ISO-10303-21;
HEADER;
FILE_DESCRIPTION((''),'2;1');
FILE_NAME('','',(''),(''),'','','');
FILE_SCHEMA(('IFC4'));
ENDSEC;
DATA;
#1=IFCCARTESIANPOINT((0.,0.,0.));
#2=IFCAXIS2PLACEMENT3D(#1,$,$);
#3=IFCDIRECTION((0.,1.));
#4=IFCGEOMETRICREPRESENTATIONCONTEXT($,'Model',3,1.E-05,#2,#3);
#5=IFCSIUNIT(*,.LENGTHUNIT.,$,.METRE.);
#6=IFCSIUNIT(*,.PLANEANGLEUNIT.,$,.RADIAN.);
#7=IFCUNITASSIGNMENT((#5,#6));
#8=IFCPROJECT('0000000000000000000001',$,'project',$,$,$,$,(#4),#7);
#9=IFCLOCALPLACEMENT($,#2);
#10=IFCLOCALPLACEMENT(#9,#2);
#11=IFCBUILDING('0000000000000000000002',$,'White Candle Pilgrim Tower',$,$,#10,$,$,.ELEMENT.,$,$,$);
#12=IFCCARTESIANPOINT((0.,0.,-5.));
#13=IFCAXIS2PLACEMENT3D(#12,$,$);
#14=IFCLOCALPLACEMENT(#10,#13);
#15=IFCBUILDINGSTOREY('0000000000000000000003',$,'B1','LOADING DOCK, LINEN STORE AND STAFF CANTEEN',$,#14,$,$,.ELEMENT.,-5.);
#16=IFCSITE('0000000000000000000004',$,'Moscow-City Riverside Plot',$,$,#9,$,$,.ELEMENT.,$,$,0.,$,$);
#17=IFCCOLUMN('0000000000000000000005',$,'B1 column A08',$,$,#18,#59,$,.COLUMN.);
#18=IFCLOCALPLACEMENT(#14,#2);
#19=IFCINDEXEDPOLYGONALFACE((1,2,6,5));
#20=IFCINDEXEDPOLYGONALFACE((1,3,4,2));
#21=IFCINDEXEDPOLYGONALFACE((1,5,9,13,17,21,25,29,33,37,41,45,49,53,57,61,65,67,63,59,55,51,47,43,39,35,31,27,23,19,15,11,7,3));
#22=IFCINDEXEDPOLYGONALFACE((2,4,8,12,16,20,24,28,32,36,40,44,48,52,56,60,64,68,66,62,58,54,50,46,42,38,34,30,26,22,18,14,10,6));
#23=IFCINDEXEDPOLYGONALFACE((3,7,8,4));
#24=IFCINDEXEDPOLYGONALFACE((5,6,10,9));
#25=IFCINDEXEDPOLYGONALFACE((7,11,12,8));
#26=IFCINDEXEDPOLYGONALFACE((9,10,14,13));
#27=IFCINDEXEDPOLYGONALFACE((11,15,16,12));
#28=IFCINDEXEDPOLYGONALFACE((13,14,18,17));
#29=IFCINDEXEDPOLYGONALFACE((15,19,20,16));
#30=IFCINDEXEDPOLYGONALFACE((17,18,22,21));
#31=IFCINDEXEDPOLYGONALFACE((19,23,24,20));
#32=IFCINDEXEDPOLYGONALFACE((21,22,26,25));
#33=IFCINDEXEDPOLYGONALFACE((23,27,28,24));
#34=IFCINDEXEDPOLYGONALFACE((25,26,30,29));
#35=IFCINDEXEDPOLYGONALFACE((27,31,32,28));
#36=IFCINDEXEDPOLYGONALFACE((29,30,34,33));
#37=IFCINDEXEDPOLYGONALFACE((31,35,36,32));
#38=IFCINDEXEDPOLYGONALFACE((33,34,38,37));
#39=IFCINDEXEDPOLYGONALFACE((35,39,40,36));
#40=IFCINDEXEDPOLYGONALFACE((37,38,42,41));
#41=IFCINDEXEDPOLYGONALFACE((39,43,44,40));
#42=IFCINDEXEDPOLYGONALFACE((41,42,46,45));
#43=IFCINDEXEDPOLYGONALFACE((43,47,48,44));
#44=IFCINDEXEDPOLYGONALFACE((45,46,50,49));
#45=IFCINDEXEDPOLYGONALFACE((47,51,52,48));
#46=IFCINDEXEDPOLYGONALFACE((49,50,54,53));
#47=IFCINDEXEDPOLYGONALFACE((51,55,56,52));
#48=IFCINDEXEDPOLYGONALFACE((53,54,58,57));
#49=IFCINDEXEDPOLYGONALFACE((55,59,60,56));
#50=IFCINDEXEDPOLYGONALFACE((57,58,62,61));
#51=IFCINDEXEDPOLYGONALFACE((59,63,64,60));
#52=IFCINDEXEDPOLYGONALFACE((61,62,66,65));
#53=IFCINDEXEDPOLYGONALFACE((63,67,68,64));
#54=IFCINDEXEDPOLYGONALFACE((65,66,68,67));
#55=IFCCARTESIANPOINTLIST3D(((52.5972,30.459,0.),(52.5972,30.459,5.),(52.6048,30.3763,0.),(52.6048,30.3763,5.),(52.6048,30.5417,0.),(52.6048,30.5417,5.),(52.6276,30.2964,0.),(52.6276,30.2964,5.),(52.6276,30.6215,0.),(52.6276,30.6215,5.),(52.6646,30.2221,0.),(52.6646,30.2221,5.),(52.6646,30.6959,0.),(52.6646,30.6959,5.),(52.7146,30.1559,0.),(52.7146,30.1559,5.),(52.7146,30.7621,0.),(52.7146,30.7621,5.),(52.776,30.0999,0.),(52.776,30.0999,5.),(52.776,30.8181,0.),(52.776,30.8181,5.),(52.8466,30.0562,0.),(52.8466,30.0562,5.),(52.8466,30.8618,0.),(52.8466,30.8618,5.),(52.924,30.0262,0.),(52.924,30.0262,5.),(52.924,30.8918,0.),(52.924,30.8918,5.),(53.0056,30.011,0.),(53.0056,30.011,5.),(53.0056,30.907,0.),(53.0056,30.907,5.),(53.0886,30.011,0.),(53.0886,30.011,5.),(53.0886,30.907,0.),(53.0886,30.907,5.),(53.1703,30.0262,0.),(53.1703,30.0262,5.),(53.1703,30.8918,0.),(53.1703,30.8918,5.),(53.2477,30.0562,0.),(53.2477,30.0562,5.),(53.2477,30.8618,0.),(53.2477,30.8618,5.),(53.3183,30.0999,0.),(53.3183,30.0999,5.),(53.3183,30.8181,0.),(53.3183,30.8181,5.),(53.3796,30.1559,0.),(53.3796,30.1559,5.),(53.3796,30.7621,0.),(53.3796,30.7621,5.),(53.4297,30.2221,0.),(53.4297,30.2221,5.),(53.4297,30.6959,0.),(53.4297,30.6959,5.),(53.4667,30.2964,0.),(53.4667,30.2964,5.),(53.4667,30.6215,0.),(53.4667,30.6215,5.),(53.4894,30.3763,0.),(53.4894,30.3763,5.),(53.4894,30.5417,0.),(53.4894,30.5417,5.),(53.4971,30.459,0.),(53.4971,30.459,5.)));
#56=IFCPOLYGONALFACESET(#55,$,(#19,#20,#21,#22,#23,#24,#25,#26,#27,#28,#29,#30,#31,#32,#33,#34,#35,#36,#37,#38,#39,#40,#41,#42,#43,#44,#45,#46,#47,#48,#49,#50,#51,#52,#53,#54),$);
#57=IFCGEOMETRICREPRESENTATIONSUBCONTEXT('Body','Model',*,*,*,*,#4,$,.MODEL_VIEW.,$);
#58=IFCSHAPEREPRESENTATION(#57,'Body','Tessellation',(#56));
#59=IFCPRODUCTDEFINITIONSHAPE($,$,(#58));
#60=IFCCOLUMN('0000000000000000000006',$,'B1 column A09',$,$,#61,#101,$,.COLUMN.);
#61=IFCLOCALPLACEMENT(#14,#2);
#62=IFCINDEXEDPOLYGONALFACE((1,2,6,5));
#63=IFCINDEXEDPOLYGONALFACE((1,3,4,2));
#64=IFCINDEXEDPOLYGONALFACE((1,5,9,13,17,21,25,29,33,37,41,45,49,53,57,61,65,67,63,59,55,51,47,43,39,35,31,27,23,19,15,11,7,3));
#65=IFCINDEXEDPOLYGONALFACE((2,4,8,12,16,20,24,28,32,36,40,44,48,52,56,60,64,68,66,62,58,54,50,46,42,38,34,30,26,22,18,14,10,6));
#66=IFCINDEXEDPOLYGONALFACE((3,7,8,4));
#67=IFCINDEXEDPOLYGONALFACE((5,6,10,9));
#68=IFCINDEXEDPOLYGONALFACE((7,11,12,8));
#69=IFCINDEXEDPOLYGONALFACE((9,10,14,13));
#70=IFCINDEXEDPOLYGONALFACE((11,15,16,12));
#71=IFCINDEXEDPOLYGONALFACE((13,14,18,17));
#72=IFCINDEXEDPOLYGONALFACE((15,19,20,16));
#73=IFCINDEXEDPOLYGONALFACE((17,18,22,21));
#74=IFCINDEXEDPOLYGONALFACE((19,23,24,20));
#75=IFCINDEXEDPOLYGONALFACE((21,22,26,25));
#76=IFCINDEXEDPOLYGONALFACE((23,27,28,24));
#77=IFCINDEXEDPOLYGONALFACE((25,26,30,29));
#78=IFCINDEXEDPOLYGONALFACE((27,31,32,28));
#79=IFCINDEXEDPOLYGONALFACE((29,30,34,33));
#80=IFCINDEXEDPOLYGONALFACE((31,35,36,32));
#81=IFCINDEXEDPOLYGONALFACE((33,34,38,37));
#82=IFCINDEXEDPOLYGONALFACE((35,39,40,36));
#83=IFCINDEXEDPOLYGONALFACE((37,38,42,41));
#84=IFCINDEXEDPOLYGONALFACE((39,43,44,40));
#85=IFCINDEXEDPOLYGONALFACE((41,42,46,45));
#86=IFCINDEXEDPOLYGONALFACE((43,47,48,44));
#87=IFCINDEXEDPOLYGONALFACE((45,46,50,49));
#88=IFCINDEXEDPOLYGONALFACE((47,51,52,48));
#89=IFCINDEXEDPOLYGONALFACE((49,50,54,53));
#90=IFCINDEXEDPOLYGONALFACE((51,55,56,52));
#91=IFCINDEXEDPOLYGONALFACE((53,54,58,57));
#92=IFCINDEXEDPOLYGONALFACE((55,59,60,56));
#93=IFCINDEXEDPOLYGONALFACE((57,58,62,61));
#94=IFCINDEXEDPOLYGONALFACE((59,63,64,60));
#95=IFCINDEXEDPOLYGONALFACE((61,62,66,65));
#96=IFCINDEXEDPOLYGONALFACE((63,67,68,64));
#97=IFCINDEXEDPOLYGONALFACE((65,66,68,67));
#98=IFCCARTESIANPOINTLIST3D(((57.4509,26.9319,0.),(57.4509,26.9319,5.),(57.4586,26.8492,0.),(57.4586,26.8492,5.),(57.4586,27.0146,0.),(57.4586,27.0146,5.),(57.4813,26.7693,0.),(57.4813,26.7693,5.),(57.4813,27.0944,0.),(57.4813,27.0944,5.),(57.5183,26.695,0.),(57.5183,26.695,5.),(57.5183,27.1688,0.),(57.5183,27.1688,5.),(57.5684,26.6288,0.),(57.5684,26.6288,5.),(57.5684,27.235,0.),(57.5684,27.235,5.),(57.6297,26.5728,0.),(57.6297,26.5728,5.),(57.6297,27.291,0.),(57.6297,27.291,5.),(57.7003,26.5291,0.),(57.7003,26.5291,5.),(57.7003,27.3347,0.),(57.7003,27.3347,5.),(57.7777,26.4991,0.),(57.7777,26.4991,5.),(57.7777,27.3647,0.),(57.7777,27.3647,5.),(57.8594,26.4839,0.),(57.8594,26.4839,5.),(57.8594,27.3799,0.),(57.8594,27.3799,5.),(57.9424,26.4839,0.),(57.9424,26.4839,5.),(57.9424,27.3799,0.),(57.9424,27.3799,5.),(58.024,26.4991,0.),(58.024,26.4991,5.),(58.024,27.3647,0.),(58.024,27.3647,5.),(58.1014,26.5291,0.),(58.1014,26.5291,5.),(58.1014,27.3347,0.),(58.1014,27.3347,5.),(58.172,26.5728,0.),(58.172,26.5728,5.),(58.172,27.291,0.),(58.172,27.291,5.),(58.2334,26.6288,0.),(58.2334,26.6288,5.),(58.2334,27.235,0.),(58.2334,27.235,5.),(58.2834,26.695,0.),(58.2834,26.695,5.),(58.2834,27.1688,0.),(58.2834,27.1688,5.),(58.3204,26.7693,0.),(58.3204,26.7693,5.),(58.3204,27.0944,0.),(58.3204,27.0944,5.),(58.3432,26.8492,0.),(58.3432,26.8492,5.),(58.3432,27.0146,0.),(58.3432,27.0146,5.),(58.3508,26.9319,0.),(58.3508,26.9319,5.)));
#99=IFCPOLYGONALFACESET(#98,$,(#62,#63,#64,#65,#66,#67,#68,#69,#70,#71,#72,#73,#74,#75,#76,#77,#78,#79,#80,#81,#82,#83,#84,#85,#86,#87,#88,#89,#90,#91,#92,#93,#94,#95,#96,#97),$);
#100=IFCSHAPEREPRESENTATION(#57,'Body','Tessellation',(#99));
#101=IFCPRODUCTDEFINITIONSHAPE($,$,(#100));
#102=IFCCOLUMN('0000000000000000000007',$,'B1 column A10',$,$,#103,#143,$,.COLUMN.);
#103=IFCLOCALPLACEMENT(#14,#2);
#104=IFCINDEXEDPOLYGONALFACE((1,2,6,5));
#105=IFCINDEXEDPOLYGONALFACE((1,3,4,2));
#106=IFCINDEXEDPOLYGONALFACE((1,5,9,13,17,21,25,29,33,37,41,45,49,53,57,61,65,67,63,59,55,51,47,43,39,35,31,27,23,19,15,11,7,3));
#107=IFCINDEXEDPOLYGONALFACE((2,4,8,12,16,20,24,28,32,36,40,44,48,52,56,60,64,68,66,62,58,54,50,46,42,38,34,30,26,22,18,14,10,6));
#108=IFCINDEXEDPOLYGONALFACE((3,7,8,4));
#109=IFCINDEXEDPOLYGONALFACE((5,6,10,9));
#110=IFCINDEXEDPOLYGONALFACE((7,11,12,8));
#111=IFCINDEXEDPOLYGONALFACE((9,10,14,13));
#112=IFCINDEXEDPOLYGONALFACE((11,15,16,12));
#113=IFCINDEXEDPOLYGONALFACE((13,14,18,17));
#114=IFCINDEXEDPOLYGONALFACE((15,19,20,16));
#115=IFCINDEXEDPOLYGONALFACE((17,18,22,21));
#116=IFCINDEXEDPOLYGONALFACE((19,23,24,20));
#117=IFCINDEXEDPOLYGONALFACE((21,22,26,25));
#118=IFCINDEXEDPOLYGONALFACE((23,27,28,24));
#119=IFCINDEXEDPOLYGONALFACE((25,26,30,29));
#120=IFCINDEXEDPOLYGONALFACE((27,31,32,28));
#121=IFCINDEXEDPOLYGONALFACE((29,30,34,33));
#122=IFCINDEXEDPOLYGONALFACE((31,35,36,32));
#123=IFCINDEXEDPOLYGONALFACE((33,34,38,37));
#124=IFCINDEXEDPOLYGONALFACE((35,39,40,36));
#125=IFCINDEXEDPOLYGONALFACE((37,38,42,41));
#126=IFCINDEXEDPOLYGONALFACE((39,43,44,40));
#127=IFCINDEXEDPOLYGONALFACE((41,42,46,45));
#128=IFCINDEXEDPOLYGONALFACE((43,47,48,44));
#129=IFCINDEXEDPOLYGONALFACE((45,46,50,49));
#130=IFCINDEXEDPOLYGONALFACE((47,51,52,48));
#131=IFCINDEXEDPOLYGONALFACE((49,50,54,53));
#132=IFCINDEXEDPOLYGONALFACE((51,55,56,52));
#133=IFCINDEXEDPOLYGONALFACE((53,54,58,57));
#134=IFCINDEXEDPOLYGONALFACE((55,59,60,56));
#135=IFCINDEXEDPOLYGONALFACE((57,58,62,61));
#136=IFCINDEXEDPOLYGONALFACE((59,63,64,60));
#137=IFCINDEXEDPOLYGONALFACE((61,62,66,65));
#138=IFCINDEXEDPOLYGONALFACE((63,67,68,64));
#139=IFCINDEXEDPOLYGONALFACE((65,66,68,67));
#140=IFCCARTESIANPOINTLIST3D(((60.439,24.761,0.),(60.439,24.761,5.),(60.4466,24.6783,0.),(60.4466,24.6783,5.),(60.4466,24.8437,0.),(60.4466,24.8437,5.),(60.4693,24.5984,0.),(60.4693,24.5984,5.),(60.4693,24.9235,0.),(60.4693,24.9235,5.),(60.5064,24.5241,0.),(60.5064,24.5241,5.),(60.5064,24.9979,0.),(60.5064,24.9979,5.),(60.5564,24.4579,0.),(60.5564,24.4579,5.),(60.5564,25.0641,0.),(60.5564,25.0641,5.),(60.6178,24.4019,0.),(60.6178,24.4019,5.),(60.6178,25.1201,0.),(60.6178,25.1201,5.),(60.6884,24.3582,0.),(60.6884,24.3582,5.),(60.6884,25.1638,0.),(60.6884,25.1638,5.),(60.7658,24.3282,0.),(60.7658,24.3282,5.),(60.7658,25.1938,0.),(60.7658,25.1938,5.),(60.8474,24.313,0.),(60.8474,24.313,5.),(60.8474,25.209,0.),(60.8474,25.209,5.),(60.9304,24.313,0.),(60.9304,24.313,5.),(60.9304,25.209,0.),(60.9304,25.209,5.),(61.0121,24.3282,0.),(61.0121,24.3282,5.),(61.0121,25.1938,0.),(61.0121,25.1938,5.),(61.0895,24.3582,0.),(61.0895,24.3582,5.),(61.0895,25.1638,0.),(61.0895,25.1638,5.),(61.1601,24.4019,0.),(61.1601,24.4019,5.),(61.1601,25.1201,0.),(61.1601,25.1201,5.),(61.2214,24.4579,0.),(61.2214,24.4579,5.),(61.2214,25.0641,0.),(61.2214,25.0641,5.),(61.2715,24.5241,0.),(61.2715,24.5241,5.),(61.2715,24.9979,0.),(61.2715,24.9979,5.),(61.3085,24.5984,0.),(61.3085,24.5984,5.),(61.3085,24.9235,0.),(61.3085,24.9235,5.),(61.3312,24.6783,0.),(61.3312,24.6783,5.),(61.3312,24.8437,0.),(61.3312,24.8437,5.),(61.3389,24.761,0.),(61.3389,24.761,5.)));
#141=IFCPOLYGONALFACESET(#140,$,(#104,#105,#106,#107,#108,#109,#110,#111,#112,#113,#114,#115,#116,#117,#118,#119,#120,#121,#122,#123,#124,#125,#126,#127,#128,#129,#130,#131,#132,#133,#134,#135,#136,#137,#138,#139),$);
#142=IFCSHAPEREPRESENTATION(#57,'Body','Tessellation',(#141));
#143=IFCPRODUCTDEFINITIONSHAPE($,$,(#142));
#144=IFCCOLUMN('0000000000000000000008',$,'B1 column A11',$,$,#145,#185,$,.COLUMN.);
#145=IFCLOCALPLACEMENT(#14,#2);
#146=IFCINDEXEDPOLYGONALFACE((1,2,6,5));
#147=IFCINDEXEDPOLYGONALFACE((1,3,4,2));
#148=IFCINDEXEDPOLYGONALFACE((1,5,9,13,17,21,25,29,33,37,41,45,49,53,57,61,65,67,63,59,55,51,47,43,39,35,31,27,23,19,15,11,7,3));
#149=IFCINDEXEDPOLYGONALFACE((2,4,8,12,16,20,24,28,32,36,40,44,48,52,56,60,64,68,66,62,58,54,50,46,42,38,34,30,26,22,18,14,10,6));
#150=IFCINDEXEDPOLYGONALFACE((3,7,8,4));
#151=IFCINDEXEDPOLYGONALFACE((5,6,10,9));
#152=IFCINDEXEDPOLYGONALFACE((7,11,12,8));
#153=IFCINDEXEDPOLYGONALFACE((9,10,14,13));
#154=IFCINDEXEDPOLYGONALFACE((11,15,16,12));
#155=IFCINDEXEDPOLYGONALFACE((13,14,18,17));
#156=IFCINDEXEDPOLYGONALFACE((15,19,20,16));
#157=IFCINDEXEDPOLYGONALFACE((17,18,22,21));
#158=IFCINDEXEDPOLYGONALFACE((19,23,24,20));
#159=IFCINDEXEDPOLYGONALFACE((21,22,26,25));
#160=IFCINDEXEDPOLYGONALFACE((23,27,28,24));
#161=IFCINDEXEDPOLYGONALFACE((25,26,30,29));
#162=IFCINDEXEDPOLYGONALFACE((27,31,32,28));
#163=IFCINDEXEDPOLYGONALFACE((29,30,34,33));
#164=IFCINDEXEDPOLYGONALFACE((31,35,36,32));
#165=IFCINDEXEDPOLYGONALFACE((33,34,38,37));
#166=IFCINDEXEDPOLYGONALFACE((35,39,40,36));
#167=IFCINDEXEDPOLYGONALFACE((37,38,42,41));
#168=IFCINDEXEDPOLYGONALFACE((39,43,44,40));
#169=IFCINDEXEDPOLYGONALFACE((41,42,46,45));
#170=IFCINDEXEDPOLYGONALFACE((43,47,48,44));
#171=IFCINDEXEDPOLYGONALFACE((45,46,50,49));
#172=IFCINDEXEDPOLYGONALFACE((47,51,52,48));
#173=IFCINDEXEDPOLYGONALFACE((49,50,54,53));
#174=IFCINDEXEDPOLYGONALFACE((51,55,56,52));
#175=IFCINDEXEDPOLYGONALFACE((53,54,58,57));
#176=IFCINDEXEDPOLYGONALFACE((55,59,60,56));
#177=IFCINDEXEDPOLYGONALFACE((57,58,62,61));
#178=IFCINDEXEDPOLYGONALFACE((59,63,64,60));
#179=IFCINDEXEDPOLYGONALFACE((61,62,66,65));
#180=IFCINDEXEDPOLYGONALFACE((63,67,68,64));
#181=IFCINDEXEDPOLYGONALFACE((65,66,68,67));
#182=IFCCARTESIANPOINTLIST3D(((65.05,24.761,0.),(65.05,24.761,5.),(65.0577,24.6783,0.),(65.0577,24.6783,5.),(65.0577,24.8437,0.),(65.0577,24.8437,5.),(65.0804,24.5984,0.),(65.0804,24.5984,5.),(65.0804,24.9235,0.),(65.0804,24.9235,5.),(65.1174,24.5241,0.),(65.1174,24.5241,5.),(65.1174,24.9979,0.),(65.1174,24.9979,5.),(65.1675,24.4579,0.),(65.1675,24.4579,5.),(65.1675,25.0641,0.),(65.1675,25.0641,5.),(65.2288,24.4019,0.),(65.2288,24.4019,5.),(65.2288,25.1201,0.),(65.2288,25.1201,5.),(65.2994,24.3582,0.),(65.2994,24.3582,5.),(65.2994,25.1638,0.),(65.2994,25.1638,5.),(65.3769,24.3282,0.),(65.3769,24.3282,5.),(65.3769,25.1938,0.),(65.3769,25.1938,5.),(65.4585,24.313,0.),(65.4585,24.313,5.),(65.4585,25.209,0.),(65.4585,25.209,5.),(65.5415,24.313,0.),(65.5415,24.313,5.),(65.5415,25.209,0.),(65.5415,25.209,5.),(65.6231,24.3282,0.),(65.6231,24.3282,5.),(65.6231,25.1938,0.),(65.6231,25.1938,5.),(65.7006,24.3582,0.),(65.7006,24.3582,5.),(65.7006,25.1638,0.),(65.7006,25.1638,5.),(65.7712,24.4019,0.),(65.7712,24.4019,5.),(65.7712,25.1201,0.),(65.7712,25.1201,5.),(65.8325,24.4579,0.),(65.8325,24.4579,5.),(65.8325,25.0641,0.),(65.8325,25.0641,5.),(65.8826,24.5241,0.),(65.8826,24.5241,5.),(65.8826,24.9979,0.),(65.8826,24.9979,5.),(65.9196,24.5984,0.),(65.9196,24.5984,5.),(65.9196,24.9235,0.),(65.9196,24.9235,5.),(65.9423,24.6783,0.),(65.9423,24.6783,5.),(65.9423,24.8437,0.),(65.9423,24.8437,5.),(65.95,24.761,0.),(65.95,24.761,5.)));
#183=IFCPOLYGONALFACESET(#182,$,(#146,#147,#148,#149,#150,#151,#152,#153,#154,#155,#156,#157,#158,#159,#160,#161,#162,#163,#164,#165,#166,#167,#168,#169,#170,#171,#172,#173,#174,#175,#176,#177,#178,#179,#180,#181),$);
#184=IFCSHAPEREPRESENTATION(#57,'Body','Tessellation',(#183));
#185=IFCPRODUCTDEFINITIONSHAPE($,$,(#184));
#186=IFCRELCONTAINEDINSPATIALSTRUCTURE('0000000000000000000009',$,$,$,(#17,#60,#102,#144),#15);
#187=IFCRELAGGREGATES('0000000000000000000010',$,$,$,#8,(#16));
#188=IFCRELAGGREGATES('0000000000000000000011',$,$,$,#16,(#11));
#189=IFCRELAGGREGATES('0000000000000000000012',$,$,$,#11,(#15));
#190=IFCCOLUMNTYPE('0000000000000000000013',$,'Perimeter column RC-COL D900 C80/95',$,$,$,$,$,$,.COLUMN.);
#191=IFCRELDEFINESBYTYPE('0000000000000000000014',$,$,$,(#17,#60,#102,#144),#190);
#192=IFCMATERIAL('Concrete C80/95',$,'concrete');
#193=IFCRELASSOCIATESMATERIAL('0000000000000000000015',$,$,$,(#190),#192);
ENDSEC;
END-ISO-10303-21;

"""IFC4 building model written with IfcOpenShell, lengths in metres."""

from ifc_helpers import new_model, si_unit, direction, frame, origin, origin_2d, place, context, subcontext, project, spatial, circle, extrude, material, material_profile, profile_set, type_object, element, save


model = new_model("IFC4")

# Units and contexts
model_context = context("Model", 3, precision=1e-05, world=origin(), true_north=direction((0.0, 1.0)))
body_context = subcontext(model_context, "Body", "Model", "MODEL_VIEW")
ifc_project = project(units=[si_unit("LENGTHUNIT", "METRE"), si_unit("PLANEANGLEUNIT", "RADIAN")], contexts=[model_context])

# Site, building, storey
site_placement = place(None, origin())
site = spatial("IfcSite", under=ifc_project, at=site_placement, Name="Moscow-City Riverside Plot", CompositionType="ELEMENT", RefElevation=0.0)
building_placement = place(site_placement, origin())
building = spatial("IfcBuilding", under=site, at=building_placement, Name="White Candle Pilgrim Tower", CompositionType="ELEMENT")
storey_placement = place(building_placement, frame((0.0, 0.0, -5.0)))
storey = spatial("IfcBuildingStorey", under=building, at=storey_placement, Name="B1", Description="LOADING DOCK, LINEN STORE AND STAFF CANTEEN", CompositionType="ELEMENT", Elevation=-5.0)

# Columns
ifc_material_1 = material(Name="Concrete C80/95", Category="concrete")
ifc_material_profile_1 = material_profile(ifc_material_1, circle(Radius=0.45, at=origin_2d()), Name="RC-COL D900")
ifc_profile_set_1 = profile_set([ifc_material_profile_1], Name="Concrete C80/95")
column_type = type_object("IfcColumnType", Name="Perimeter column RC-COL D900 C80/95", PredefinedType="COLUMN", material=ifc_profile_set_1)
for number, where, z_axis, x_axis, name in (
    (1, (53.0471, 30.459, 0.0), (0.0, 0.0, 1.0), (1.0, 0.0, 0.0), "B1 column A08"),
    (2, (57.9009, 26.9319, 0.0), (0.0, 0.0, 1.0), (1.0, 0.0, 0.0), "B1 column A09"),
    (3, (60.8889, 24.761, 0.0), (0.0, 0.0, 1.0), (1.0, 0.0, 0.0), "B1 column A10"),
    (4, (65.5, 24.761, 0.0), (0.0, 0.0, 1.0), (1.0, 0.0, 0.0), "B1 column A11"),
):
    element("IfcColumn", number, at=place(storey_placement, frame(where, z_axis=z_axis, x_axis=x_axis)), inside=storey, type_object=column_type, Name=name, PredefinedType="COLUMN", context=body_context, shape_type="SweptSolid", body=[
        extrude(circle(Radius=0.45, at=origin_2d()), origin(), (0.0, 0.0, 1.0), 5.0),
    ])

save(model, "model.ifc")
